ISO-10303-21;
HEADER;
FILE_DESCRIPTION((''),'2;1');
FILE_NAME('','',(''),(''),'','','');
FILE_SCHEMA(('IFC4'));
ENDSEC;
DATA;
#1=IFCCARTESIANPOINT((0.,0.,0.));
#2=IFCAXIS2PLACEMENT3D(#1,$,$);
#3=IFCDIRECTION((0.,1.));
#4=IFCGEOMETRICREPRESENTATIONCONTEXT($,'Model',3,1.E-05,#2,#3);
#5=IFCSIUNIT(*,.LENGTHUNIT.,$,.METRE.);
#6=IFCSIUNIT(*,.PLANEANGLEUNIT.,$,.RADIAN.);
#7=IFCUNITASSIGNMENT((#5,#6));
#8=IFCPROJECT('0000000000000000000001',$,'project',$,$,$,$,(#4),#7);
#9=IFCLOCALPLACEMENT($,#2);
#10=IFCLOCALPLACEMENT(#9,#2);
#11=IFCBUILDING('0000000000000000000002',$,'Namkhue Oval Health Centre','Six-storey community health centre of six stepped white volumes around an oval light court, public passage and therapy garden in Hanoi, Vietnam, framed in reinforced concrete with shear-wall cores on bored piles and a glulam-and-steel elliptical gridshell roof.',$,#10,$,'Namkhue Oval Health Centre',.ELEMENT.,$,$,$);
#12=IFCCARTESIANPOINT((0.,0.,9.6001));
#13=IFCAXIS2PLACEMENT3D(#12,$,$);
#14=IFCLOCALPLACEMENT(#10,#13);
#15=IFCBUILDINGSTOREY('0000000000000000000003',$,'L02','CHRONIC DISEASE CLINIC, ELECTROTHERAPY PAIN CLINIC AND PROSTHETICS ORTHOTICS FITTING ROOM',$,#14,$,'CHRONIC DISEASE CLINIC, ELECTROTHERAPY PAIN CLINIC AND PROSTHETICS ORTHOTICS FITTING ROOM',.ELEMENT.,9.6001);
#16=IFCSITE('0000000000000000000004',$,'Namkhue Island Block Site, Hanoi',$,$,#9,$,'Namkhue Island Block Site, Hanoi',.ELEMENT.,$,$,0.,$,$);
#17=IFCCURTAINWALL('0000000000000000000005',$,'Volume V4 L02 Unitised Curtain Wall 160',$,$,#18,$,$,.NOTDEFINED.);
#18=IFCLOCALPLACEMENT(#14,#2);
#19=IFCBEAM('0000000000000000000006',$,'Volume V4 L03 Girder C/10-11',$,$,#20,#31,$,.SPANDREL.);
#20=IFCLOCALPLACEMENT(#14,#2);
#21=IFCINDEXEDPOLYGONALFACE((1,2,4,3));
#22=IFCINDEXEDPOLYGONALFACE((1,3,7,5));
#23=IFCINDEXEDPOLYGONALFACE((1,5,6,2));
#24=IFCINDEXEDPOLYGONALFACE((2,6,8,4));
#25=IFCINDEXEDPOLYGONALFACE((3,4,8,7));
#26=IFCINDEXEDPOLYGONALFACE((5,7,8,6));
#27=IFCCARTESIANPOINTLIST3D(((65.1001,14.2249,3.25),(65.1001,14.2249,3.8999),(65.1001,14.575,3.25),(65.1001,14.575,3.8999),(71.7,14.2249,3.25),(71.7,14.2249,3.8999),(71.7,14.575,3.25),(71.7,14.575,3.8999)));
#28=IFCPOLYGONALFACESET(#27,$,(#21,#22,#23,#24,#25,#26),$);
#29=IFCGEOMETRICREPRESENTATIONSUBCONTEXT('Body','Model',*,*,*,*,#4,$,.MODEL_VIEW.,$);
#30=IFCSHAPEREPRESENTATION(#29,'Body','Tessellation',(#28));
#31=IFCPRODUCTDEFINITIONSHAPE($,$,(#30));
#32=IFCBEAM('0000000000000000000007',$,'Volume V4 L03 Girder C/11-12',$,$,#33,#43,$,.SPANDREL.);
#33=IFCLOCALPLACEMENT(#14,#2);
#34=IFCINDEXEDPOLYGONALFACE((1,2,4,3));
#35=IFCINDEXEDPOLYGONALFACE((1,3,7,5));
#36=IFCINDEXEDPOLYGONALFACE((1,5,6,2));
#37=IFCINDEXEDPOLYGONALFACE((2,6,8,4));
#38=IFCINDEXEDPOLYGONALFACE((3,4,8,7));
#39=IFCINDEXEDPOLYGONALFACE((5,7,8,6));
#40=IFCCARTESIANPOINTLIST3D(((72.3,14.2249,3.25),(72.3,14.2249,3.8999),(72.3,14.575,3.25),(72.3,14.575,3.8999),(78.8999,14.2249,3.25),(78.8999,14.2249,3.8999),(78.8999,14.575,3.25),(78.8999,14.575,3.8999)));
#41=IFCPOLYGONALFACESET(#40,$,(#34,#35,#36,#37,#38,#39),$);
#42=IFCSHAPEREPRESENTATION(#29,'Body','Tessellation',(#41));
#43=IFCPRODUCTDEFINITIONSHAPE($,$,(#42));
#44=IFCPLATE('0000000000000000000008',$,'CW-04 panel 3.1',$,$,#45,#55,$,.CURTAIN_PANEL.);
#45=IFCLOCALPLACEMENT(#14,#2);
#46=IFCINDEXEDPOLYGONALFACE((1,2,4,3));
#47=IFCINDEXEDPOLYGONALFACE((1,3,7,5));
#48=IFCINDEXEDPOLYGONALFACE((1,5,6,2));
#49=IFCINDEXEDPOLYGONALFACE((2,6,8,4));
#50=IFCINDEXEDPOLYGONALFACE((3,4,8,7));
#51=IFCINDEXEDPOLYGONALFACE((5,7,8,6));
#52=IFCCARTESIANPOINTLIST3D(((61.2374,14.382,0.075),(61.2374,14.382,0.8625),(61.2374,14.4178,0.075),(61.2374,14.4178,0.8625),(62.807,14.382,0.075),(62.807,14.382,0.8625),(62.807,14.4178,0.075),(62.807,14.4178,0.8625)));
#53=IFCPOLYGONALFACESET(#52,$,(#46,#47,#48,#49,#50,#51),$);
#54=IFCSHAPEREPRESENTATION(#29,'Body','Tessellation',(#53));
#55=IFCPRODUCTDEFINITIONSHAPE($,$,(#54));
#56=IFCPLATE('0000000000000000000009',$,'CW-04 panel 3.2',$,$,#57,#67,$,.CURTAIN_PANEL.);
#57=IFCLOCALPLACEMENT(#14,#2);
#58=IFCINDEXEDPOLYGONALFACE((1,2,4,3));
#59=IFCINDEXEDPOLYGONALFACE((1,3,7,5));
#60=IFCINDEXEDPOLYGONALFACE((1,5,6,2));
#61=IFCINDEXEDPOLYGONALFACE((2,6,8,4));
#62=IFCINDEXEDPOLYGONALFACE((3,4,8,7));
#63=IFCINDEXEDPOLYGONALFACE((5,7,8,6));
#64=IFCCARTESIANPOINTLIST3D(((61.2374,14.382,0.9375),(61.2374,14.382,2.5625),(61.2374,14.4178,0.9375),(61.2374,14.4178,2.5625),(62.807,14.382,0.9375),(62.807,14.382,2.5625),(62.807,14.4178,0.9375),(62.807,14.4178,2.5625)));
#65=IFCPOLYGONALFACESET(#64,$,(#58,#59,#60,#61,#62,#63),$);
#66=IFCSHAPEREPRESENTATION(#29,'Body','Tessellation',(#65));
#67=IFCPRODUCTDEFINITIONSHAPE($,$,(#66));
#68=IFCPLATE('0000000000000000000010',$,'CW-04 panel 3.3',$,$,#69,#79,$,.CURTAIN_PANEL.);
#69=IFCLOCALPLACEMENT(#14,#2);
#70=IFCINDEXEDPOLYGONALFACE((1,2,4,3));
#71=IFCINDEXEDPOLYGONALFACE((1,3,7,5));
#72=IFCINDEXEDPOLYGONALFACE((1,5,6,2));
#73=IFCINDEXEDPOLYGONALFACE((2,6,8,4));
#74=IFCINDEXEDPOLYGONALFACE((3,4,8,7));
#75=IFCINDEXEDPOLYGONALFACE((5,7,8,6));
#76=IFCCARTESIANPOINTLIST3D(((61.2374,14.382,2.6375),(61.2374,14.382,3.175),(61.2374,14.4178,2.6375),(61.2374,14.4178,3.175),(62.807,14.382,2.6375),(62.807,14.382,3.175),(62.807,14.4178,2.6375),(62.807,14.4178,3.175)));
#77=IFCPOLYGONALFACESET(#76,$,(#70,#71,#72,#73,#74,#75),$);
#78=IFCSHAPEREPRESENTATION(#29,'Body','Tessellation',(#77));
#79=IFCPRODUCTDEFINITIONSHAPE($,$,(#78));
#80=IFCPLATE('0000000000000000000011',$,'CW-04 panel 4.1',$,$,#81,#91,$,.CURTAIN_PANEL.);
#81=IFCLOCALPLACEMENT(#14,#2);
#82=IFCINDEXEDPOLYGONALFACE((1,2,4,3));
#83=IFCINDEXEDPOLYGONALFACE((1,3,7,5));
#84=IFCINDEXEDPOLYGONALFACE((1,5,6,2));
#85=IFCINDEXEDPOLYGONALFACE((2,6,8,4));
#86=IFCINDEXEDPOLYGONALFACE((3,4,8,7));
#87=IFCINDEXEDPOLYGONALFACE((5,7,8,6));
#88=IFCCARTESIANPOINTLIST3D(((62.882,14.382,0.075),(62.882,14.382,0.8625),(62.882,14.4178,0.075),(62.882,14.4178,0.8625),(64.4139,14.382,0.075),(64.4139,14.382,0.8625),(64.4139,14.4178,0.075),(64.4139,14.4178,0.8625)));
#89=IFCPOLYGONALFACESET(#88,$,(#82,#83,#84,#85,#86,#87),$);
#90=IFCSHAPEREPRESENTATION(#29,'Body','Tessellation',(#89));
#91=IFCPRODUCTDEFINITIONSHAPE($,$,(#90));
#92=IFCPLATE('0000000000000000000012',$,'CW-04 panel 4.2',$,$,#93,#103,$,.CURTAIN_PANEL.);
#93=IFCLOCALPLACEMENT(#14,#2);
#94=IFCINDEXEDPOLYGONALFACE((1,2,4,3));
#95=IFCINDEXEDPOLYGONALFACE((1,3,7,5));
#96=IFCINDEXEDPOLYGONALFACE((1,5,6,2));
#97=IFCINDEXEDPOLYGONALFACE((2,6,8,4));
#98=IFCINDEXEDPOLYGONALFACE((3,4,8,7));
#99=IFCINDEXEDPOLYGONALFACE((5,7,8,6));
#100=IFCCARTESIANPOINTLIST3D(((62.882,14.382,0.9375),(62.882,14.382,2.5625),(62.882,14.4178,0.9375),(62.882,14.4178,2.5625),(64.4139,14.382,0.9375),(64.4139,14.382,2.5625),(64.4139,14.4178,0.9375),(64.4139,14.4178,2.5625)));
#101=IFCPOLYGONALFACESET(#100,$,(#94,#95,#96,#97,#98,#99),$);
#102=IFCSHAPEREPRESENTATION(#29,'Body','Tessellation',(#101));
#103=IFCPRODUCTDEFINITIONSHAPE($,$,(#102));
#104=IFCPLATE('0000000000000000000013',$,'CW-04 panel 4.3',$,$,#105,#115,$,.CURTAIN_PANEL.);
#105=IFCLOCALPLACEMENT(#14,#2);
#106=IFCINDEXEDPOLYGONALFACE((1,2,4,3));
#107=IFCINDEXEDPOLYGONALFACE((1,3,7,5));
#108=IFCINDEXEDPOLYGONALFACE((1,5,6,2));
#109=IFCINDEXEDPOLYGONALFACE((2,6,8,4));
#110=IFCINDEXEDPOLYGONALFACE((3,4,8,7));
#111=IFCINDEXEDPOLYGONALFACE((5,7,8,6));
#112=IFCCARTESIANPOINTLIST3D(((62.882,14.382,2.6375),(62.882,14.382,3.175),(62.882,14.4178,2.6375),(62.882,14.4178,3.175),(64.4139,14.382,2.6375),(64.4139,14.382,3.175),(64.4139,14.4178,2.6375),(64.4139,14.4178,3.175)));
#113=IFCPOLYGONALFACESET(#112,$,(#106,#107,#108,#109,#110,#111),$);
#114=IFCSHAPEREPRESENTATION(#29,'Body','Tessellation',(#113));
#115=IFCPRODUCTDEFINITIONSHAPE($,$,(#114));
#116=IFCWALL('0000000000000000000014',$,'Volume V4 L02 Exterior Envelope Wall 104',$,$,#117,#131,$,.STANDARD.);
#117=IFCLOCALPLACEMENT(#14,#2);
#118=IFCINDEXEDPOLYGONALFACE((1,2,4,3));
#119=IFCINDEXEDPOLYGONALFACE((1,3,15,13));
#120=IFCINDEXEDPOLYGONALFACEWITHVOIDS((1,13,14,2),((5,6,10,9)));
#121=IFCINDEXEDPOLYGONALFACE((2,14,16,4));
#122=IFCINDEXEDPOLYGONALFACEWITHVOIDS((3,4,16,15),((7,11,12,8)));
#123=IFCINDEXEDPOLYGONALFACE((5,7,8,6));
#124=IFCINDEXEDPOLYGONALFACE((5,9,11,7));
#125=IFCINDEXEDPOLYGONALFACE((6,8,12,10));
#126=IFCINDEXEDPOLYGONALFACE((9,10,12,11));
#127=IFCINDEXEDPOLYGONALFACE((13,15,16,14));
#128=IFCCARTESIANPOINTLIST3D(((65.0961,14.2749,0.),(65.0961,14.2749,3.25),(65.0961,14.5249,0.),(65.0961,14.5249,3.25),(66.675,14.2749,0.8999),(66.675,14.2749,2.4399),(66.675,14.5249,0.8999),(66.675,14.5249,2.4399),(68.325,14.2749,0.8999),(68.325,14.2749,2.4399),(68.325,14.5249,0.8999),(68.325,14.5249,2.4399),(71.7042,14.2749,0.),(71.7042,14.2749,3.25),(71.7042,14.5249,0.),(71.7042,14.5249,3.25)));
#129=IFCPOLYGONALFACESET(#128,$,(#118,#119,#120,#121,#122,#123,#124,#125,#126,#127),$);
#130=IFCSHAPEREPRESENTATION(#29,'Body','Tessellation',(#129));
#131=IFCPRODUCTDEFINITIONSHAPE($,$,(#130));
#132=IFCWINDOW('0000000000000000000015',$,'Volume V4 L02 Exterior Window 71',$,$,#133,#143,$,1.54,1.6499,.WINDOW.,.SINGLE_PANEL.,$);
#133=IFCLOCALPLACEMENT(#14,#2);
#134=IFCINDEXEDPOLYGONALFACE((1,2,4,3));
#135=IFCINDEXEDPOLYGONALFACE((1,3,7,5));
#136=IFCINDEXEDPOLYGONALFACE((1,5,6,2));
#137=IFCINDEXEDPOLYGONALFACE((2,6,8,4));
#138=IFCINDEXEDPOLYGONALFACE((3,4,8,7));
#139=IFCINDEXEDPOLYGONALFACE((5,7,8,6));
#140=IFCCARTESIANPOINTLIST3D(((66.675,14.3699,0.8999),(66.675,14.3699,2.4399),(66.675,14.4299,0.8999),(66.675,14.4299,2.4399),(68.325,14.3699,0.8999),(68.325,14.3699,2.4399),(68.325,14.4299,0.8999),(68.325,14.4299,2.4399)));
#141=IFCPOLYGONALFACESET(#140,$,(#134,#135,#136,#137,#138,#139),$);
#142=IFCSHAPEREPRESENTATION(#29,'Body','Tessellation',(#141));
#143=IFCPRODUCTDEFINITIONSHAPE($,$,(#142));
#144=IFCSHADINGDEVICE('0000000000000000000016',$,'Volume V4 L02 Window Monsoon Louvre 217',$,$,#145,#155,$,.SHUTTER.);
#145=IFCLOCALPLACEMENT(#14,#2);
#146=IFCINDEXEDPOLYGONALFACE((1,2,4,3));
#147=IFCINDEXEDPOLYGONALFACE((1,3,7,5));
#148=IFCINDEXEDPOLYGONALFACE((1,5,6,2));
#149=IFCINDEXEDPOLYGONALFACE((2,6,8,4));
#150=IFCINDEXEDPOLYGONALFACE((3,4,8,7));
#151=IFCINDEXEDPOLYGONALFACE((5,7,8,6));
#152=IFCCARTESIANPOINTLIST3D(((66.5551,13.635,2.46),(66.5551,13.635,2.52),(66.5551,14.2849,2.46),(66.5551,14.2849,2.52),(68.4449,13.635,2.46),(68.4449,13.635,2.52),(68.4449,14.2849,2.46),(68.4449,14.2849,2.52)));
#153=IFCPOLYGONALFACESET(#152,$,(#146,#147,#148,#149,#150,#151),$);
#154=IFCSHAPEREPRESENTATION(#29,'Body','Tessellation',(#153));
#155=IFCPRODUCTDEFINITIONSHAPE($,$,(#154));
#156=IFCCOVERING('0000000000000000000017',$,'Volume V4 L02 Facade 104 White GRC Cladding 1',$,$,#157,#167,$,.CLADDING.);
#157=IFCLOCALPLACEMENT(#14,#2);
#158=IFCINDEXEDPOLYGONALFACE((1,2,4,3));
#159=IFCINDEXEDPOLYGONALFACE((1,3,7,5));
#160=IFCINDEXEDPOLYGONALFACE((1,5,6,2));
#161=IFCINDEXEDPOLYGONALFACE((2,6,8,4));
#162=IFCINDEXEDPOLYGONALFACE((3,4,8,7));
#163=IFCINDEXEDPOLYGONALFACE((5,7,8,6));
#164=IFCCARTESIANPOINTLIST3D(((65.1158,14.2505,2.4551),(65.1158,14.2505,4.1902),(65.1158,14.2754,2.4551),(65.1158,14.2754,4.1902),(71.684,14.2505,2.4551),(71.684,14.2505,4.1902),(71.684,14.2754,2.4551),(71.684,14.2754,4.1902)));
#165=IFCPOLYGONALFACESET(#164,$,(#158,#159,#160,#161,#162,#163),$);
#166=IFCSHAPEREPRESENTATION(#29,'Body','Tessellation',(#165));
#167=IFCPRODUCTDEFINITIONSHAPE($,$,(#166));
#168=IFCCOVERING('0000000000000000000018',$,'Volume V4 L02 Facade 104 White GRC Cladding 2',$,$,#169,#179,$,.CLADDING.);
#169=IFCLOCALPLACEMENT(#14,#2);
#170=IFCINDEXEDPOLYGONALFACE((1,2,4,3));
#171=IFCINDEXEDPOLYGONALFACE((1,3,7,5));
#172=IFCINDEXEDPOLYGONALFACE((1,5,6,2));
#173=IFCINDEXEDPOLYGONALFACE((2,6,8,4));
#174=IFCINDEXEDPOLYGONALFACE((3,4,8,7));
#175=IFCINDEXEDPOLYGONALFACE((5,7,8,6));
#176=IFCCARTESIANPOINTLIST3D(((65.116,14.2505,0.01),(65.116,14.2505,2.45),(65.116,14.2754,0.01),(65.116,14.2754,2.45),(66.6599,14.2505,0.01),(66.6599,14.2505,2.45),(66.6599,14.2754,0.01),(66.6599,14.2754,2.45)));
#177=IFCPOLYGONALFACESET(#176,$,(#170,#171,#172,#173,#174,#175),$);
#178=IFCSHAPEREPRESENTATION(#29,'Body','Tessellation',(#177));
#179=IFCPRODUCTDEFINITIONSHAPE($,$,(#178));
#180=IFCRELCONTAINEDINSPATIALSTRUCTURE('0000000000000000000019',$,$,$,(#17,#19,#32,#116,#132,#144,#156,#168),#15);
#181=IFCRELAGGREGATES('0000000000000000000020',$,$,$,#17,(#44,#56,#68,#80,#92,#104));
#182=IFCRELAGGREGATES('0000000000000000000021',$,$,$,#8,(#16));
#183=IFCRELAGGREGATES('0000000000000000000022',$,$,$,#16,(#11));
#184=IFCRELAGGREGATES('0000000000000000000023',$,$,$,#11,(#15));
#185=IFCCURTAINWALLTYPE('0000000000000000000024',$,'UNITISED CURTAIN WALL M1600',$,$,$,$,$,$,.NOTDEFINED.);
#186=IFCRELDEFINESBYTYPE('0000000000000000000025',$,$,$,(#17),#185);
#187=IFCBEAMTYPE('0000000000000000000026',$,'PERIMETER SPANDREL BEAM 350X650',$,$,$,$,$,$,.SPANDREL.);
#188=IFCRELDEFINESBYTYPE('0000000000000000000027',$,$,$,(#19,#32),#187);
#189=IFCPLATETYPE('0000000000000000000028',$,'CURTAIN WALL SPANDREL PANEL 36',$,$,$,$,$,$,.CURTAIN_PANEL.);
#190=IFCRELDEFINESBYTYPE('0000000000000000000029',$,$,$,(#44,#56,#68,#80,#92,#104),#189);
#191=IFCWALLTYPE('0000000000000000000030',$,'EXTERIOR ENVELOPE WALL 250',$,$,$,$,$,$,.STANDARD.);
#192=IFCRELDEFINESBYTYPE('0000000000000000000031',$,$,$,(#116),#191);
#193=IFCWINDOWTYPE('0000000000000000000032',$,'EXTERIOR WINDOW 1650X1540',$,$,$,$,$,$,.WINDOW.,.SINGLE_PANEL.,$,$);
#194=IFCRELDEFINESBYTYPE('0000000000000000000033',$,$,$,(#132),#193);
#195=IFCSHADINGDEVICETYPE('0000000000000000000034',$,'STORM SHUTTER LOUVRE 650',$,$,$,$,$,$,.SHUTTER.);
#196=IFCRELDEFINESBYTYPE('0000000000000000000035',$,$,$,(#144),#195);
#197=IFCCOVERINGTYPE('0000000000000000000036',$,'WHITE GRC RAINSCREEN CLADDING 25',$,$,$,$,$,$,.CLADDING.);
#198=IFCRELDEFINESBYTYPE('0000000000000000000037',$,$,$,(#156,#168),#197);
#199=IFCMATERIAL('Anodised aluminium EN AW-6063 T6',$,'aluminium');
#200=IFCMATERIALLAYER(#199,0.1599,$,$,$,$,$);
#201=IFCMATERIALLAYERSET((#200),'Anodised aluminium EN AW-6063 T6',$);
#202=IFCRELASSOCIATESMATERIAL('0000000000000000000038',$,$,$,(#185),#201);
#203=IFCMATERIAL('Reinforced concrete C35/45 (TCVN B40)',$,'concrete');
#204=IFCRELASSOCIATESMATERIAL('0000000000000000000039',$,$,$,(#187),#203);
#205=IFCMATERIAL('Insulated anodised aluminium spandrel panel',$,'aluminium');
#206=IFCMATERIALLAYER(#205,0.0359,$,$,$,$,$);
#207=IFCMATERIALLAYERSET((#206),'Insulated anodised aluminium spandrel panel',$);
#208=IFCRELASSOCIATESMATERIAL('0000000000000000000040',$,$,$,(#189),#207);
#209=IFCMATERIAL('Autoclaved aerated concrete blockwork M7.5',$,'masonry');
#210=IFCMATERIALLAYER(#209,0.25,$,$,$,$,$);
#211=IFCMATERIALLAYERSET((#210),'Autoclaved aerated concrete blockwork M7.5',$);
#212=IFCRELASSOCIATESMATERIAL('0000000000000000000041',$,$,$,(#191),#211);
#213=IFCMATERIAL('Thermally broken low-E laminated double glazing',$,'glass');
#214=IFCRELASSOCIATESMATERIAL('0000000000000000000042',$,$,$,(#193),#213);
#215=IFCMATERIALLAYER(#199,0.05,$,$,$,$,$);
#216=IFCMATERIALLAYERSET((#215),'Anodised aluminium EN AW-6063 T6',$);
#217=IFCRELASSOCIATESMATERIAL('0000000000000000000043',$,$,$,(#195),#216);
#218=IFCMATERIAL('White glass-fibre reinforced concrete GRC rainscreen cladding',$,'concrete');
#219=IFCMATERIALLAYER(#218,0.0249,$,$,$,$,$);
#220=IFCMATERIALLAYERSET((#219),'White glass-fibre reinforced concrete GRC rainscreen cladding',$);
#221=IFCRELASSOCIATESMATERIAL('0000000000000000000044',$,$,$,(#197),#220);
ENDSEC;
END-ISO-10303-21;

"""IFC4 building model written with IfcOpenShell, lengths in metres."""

from ifc_helpers import new_model, si_unit, direction, frame, frame_2d, origin, origin_2d, place, context, subcontext, project, spatial, rectangle, extrude, material, layer, layer_set, material_profile, profile_set, type_object, element, fill, aggregate, save


model = new_model("IFC4")

# Units and contexts
model_context = context("Model", 3, precision=1e-05, world=origin(), true_north=direction((0.0, 1.0)))
body_context = subcontext(model_context, "Body", "Model", "MODEL_VIEW")
ifc_project = project(units=[si_unit("LENGTHUNIT", "METRE"), si_unit("PLANEANGLEUNIT", "RADIAN")], contexts=[model_context])

# Site, building, storey
site_placement = place(None, origin())
site = spatial("IfcSite", under=ifc_project, at=site_placement, Name="Namkhue Island Block Site, Hanoi", LongName="Namkhue Island Block Site, Hanoi", CompositionType="ELEMENT", RefElevation=0.0)
building_placement = place(site_placement, origin())
building = spatial("IfcBuilding", under=site, at=building_placement, Name="Namkhue Oval Health Centre", Description="Six-storey community health centre of six stepped white volumes around an oval light court, public passage and therapy garden in Hanoi, Vietnam, framed in reinforced concrete with shear-wall cores on bored piles and a glulam-and-steel elliptical gridshell roof.", LongName="Namkhue Oval Health Centre", CompositionType="ELEMENT")
storey_placement = place(building_placement, frame((0.0, 0.0, 9.6001)))
storey = spatial("IfcBuildingStorey", under=building, at=storey_placement, Name="L02", Description="CHRONIC DISEASE CLINIC, ELECTROTHERAPY PAIN CLINIC AND PROSTHETICS ORTHOTICS FITTING ROOM", LongName="CHRONIC DISEASE CLINIC, ELECTROTHERAPY PAIN CLINIC AND PROSTHETICS ORTHOTICS FITTING ROOM", CompositionType="ELEMENT", Elevation=9.6001)

# Shared definitions
ifc_material_1 = material(Name="Reinforced concrete C35/45 (TCVN B40)", Category="concrete")

# Shared definitions
ifc_material_2 = material(Name="Anodised aluminium EN AW-6063 T6", Category="aluminium")

# Curtain wall
ifc_layer_1 = layer(ifc_material_2, 0.1599)
ifc_layer_set_1 = layer_set([ifc_layer_1], Name="Anodised aluminium EN AW-6063 T6")
curtain_wall_type_1 = type_object("IfcCurtainWallType", Name="UNITISED CURTAIN WALL M1600", PredefinedType="NOTDEFINED", material=ifc_layer_set_1)
curtain_wall_1_placement = place(storey_placement, origin())
curtain_wall_1 = element("IfcCurtainWall", 1, at=curtain_wall_1_placement, inside=storey, type_object=curtain_wall_type_1, Name="Volume V4 L02 Unitised Curtain Wall 160", PredefinedType="NOTDEFINED")

# Beams
ifc_material_profile_1 = material_profile(ifc_material_1, rectangle(XDim=0.3501, YDim=0.6499, at=origin_2d()), Name="RC 350x650")
ifc_profile_set_1 = profile_set([ifc_material_profile_1], Name="Reinforced concrete C35/45 (TCVN B40)")
beam_type = type_object("IfcBeamType", Name="PERIMETER SPANDREL BEAM 350X650", PredefinedType="SPANDREL", material=ifc_profile_set_1)
for number, where, z_axis, x_axis, name in (
    (2, (65.1001, 14.3999, 3.575), (1.0, 0.0, 0.0), (0.0, 1.0, 0.0), "Volume V4 L03 Girder C/10-11"),
    (3, (72.3, 14.3999, 3.575), (1.0, 0.0, 0.0), (0.0, 1.0, 0.0), "Volume V4 L03 Girder C/11-12"),
):
    element("IfcBeam", number, at=place(storey_placement, frame(where, z_axis=z_axis, x_axis=x_axis)), inside=storey, type_object=beam_type, Name=name, PredefinedType="SPANDREL", context=body_context, shape_type="SweptSolid", body=[
        extrude(rectangle(XDim=0.3501, YDim=0.6499, at=origin_2d()), origin(), (0.0, 0.0, 1.0), 6.5999),
    ])

# Plates
ifc_material_3 = material(Name="Insulated anodised aluminium spandrel panel", Category="aluminium")
ifc_layer_2 = layer(ifc_material_3, 0.0359)
ifc_layer_set_2 = layer_set([ifc_layer_2], Name="Insulated anodised aluminium spandrel panel")
plate_type = type_object("IfcPlateType", Name="CURTAIN WALL SPANDREL PANEL 36", PredefinedType="CURTAIN_PANEL", material=ifc_layer_set_2)
plate_1_placement = place(storey_placement, frame((62.0222, 14.3999, 0.075), z_axis=(0.0, 0.0, 1.0), x_axis=(1.0, 0.0, 0.0)))
plate_1 = element("IfcPlate", 4, at=plate_1_placement, type_object=plate_type, Name="CW-04 panel 3.1", PredefinedType="CURTAIN_PANEL", context=body_context, shape_type="SweptSolid", body=[
    extrude(rectangle(XDim=1.5696, YDim=0.0359, at=origin_2d()), origin(), (0.0, 0.0, 1.0), 0.7876),
])
plate_2_placement = place(storey_placement, frame((62.0222, 14.3999, 0.9375), z_axis=(0.0, 0.0, 1.0), x_axis=(1.0, 0.0, 0.0)))
plate_2 = element("IfcPlate", 5, at=plate_2_placement, type_object=plate_type, Name="CW-04 panel 3.2", PredefinedType="CURTAIN_PANEL", context=body_context, shape_type="SweptSolid", body=[
    extrude(rectangle(XDim=1.5696, YDim=0.0359, at=origin_2d()), origin(), (0.0, 0.0, 1.0), 1.625),
])
plate_3_placement = place(storey_placement, frame((62.0222, 14.3999, 2.6375), z_axis=(0.0, 0.0, 1.0), x_axis=(1.0, 0.0, 0.0)))
plate_3 = element("IfcPlate", 6, at=plate_3_placement, type_object=plate_type, Name="CW-04 panel 3.3", PredefinedType="CURTAIN_PANEL", context=body_context, shape_type="SweptSolid", body=[
    extrude(rectangle(XDim=1.5696, YDim=0.0359, at=origin_2d()), origin(), (0.0, 0.0, 1.0), 0.5376),
])
plate_4_placement = place(storey_placement, frame((63.6479, 14.3999, 0.075), z_axis=(0.0, 0.0, 1.0), x_axis=(1.0, 0.0, 0.0)))
plate_4 = element("IfcPlate", 7, at=plate_4_placement, type_object=plate_type, Name="CW-04 panel 4.1", PredefinedType="CURTAIN_PANEL", context=body_context, shape_type="SweptSolid", body=[
    extrude(rectangle(XDim=1.532, YDim=0.0359, at=origin_2d()), origin(), (0.0, 0.0, 1.0), 0.7876),
])
plate_5_placement = place(storey_placement, frame((63.6479, 14.3999, 0.9375), z_axis=(0.0, 0.0, 1.0), x_axis=(1.0, 0.0, 0.0)))
plate_5 = element("IfcPlate", 8, at=plate_5_placement, type_object=plate_type, Name="CW-04 panel 4.2", PredefinedType="CURTAIN_PANEL", context=body_context, shape_type="SweptSolid", body=[
    extrude(rectangle(XDim=1.532, YDim=0.0359, at=origin_2d()), origin(), (0.0, 0.0, 1.0), 1.625),
])
plate_6_placement = place(storey_placement, frame((63.6479, 14.3999, 2.6375), z_axis=(0.0, 0.0, 1.0), x_axis=(1.0, 0.0, 0.0)))
plate_6 = element("IfcPlate", 9, at=plate_6_placement, type_object=plate_type, Name="CW-04 panel 4.3", PredefinedType="CURTAIN_PANEL", context=body_context, shape_type="SweptSolid", body=[
    extrude(rectangle(XDim=1.532, YDim=0.0359, at=origin_2d()), origin(), (0.0, 0.0, 1.0), 0.5376),
])
aggregate(curtain_wall_1, [plate_1, plate_2, plate_3, plate_4, plate_5, plate_6])

# Wall, opening, window
ifc_material_4 = material(Name="Autoclaved aerated concrete blockwork M7.5", Category="masonry")
ifc_layer_3 = layer(ifc_material_4, 0.25)
ifc_layer_set_3 = layer_set([ifc_layer_3], Name="Autoclaved aerated concrete blockwork M7.5")
wall_type = type_object("IfcWallType", Name="EXTERIOR ENVELOPE WALL 250", PredefinedType="STANDARD", material=ifc_layer_set_3)
wall_placement = place(storey_placement, frame((65.0959, 14.3999, 0.0), z_axis=(0.0, 0.0, 1.0), x_axis=(1.0, 0.0, 0.0)))
wall = element("IfcWall", 10, at=wall_placement, inside=storey, type_object=wall_type, Name="Volume V4 L02 Exterior Envelope Wall 104", PredefinedType="STANDARD", context=body_context, shape_type="SweptSolid", body=[
    extrude(rectangle(XDim=6.6082, YDim=0.25, at=frame_2d((3.3042, 0.0))), origin(), (0.0, 0.0, 1.0), 3.25),
])
opening_placement = place(wall_placement, frame((1.5791, 0.0, 0.8999)))
opening = element("IfcOpeningElement", 11, at=opening_placement, cuts=wall, PredefinedType="OPENING", context=body_context, shape_type="SweptSolid", body=[
    extrude(rectangle(XDim=1.6499, YDim=1.54, at=frame_2d((0.825, 0.77))), frame((0.0, 0.135, 0.0), z_axis=(0.0, -1.0, 0.0), x_axis=(1.0, 0.0, 0.0)), (0.0, 0.0, 1.0), 0.27),
])
ifc_material_5 = material(Name="Thermally broken low-E laminated double glazing", Category="glass")
window_type = type_object("IfcWindowType", Name="EXTERIOR WINDOW 1650X1540", PartitioningType="SINGLE_PANEL", PredefinedType="WINDOW", material=ifc_material_5)
window_placement = place(opening_placement, origin())
window = element("IfcWindow", 12, at=window_placement, inside=storey, type_object=window_type, Name="Volume V4 L02 Exterior Window 71", OverallHeight=1.54, OverallWidth=1.6499, PartitioningType="SINGLE_PANEL", PredefinedType="WINDOW", context=body_context, shape_type="SweptSolid", body=[
    extrude(rectangle(XDim=1.6499, YDim=1.54, at=frame_2d((0.825, 0.77))), frame((0.0, 0.03, 0.0), z_axis=(0.0, -1.0, 0.0), x_axis=(1.0, 0.0, 0.0)), (0.0, 0.0, 1.0), 0.0601),
])
fill(opening, window)

# Shading device
ifc_layer_4 = layer(ifc_material_2, 0.05)
ifc_layer_set_4 = layer_set([ifc_layer_4], Name="Anodised aluminium EN AW-6063 T6")
shading_device_type = type_object("IfcShadingDeviceType", Name="STORM SHUTTER LOUVRE 650", PredefinedType="SHUTTER", material=ifc_layer_set_4)
shading_device_placement = place(storey_placement, frame((67.5, 13.96, 2.46), z_axis=(0.0, 0.0, 1.0), x_axis=(1.0, 0.0, 0.0)))
element("IfcShadingDevice", 13, at=shading_device_placement, inside=storey, type_object=shading_device_type, Name="Volume V4 L02 Window Monsoon Louvre 217", PredefinedType="SHUTTER", context=body_context, shape_type="SweptSolid", body=[
    extrude(rectangle(XDim=1.8899, YDim=0.6499, at=origin_2d()), origin(), (0.0, 0.0, 1.0), 0.0601),
])

# Coverings
ifc_material_6 = material(Name="White glass-fibre reinforced concrete GRC rainscreen cladding", Category="concrete")
ifc_layer_5 = layer(ifc_material_6, 0.0249)
ifc_layer_set_5 = layer_set([ifc_layer_5], Name="White glass-fibre reinforced concrete GRC rainscreen cladding")
covering_type = type_object("IfcCoveringType", Name="WHITE GRC RAINSCREEN CLADDING 25", PredefinedType="CLADDING", material=ifc_layer_set_5)
covering_1_placement = place(storey_placement, frame((68.3999, 14.2629, 2.4551), z_axis=(0.0, 0.0, 1.0), x_axis=(1.0, 0.0, 0.0)))
element("IfcCovering", 14, at=covering_1_placement, inside=storey, type_object=covering_type, Name="Volume V4 L02 Facade 104 White GRC Cladding 1", PredefinedType="CLADDING", context=body_context, shape_type="SweptSolid", body=[
    extrude(rectangle(XDim=6.5681, YDim=0.0249, at=origin_2d()), origin(), (0.0, 0.0, 1.0), 1.7351),
])
covering_2_placement = place(storey_placement, frame((65.8879, 14.2629, 0.01), z_axis=(0.0, 0.0, 1.0), x_axis=(1.0, 0.0, 0.0)))
element("IfcCovering", 15, at=covering_2_placement, inside=storey, type_object=covering_type, Name="Volume V4 L02 Facade 104 White GRC Cladding 2", PredefinedType="CLADDING", context=body_context, shape_type="SweptSolid", body=[
    extrude(rectangle(XDim=1.5439, YDim=0.0249, at=origin_2d()), origin(), (0.0, 0.0, 1.0), 2.4399),
])

save(model, "model.ifc")
